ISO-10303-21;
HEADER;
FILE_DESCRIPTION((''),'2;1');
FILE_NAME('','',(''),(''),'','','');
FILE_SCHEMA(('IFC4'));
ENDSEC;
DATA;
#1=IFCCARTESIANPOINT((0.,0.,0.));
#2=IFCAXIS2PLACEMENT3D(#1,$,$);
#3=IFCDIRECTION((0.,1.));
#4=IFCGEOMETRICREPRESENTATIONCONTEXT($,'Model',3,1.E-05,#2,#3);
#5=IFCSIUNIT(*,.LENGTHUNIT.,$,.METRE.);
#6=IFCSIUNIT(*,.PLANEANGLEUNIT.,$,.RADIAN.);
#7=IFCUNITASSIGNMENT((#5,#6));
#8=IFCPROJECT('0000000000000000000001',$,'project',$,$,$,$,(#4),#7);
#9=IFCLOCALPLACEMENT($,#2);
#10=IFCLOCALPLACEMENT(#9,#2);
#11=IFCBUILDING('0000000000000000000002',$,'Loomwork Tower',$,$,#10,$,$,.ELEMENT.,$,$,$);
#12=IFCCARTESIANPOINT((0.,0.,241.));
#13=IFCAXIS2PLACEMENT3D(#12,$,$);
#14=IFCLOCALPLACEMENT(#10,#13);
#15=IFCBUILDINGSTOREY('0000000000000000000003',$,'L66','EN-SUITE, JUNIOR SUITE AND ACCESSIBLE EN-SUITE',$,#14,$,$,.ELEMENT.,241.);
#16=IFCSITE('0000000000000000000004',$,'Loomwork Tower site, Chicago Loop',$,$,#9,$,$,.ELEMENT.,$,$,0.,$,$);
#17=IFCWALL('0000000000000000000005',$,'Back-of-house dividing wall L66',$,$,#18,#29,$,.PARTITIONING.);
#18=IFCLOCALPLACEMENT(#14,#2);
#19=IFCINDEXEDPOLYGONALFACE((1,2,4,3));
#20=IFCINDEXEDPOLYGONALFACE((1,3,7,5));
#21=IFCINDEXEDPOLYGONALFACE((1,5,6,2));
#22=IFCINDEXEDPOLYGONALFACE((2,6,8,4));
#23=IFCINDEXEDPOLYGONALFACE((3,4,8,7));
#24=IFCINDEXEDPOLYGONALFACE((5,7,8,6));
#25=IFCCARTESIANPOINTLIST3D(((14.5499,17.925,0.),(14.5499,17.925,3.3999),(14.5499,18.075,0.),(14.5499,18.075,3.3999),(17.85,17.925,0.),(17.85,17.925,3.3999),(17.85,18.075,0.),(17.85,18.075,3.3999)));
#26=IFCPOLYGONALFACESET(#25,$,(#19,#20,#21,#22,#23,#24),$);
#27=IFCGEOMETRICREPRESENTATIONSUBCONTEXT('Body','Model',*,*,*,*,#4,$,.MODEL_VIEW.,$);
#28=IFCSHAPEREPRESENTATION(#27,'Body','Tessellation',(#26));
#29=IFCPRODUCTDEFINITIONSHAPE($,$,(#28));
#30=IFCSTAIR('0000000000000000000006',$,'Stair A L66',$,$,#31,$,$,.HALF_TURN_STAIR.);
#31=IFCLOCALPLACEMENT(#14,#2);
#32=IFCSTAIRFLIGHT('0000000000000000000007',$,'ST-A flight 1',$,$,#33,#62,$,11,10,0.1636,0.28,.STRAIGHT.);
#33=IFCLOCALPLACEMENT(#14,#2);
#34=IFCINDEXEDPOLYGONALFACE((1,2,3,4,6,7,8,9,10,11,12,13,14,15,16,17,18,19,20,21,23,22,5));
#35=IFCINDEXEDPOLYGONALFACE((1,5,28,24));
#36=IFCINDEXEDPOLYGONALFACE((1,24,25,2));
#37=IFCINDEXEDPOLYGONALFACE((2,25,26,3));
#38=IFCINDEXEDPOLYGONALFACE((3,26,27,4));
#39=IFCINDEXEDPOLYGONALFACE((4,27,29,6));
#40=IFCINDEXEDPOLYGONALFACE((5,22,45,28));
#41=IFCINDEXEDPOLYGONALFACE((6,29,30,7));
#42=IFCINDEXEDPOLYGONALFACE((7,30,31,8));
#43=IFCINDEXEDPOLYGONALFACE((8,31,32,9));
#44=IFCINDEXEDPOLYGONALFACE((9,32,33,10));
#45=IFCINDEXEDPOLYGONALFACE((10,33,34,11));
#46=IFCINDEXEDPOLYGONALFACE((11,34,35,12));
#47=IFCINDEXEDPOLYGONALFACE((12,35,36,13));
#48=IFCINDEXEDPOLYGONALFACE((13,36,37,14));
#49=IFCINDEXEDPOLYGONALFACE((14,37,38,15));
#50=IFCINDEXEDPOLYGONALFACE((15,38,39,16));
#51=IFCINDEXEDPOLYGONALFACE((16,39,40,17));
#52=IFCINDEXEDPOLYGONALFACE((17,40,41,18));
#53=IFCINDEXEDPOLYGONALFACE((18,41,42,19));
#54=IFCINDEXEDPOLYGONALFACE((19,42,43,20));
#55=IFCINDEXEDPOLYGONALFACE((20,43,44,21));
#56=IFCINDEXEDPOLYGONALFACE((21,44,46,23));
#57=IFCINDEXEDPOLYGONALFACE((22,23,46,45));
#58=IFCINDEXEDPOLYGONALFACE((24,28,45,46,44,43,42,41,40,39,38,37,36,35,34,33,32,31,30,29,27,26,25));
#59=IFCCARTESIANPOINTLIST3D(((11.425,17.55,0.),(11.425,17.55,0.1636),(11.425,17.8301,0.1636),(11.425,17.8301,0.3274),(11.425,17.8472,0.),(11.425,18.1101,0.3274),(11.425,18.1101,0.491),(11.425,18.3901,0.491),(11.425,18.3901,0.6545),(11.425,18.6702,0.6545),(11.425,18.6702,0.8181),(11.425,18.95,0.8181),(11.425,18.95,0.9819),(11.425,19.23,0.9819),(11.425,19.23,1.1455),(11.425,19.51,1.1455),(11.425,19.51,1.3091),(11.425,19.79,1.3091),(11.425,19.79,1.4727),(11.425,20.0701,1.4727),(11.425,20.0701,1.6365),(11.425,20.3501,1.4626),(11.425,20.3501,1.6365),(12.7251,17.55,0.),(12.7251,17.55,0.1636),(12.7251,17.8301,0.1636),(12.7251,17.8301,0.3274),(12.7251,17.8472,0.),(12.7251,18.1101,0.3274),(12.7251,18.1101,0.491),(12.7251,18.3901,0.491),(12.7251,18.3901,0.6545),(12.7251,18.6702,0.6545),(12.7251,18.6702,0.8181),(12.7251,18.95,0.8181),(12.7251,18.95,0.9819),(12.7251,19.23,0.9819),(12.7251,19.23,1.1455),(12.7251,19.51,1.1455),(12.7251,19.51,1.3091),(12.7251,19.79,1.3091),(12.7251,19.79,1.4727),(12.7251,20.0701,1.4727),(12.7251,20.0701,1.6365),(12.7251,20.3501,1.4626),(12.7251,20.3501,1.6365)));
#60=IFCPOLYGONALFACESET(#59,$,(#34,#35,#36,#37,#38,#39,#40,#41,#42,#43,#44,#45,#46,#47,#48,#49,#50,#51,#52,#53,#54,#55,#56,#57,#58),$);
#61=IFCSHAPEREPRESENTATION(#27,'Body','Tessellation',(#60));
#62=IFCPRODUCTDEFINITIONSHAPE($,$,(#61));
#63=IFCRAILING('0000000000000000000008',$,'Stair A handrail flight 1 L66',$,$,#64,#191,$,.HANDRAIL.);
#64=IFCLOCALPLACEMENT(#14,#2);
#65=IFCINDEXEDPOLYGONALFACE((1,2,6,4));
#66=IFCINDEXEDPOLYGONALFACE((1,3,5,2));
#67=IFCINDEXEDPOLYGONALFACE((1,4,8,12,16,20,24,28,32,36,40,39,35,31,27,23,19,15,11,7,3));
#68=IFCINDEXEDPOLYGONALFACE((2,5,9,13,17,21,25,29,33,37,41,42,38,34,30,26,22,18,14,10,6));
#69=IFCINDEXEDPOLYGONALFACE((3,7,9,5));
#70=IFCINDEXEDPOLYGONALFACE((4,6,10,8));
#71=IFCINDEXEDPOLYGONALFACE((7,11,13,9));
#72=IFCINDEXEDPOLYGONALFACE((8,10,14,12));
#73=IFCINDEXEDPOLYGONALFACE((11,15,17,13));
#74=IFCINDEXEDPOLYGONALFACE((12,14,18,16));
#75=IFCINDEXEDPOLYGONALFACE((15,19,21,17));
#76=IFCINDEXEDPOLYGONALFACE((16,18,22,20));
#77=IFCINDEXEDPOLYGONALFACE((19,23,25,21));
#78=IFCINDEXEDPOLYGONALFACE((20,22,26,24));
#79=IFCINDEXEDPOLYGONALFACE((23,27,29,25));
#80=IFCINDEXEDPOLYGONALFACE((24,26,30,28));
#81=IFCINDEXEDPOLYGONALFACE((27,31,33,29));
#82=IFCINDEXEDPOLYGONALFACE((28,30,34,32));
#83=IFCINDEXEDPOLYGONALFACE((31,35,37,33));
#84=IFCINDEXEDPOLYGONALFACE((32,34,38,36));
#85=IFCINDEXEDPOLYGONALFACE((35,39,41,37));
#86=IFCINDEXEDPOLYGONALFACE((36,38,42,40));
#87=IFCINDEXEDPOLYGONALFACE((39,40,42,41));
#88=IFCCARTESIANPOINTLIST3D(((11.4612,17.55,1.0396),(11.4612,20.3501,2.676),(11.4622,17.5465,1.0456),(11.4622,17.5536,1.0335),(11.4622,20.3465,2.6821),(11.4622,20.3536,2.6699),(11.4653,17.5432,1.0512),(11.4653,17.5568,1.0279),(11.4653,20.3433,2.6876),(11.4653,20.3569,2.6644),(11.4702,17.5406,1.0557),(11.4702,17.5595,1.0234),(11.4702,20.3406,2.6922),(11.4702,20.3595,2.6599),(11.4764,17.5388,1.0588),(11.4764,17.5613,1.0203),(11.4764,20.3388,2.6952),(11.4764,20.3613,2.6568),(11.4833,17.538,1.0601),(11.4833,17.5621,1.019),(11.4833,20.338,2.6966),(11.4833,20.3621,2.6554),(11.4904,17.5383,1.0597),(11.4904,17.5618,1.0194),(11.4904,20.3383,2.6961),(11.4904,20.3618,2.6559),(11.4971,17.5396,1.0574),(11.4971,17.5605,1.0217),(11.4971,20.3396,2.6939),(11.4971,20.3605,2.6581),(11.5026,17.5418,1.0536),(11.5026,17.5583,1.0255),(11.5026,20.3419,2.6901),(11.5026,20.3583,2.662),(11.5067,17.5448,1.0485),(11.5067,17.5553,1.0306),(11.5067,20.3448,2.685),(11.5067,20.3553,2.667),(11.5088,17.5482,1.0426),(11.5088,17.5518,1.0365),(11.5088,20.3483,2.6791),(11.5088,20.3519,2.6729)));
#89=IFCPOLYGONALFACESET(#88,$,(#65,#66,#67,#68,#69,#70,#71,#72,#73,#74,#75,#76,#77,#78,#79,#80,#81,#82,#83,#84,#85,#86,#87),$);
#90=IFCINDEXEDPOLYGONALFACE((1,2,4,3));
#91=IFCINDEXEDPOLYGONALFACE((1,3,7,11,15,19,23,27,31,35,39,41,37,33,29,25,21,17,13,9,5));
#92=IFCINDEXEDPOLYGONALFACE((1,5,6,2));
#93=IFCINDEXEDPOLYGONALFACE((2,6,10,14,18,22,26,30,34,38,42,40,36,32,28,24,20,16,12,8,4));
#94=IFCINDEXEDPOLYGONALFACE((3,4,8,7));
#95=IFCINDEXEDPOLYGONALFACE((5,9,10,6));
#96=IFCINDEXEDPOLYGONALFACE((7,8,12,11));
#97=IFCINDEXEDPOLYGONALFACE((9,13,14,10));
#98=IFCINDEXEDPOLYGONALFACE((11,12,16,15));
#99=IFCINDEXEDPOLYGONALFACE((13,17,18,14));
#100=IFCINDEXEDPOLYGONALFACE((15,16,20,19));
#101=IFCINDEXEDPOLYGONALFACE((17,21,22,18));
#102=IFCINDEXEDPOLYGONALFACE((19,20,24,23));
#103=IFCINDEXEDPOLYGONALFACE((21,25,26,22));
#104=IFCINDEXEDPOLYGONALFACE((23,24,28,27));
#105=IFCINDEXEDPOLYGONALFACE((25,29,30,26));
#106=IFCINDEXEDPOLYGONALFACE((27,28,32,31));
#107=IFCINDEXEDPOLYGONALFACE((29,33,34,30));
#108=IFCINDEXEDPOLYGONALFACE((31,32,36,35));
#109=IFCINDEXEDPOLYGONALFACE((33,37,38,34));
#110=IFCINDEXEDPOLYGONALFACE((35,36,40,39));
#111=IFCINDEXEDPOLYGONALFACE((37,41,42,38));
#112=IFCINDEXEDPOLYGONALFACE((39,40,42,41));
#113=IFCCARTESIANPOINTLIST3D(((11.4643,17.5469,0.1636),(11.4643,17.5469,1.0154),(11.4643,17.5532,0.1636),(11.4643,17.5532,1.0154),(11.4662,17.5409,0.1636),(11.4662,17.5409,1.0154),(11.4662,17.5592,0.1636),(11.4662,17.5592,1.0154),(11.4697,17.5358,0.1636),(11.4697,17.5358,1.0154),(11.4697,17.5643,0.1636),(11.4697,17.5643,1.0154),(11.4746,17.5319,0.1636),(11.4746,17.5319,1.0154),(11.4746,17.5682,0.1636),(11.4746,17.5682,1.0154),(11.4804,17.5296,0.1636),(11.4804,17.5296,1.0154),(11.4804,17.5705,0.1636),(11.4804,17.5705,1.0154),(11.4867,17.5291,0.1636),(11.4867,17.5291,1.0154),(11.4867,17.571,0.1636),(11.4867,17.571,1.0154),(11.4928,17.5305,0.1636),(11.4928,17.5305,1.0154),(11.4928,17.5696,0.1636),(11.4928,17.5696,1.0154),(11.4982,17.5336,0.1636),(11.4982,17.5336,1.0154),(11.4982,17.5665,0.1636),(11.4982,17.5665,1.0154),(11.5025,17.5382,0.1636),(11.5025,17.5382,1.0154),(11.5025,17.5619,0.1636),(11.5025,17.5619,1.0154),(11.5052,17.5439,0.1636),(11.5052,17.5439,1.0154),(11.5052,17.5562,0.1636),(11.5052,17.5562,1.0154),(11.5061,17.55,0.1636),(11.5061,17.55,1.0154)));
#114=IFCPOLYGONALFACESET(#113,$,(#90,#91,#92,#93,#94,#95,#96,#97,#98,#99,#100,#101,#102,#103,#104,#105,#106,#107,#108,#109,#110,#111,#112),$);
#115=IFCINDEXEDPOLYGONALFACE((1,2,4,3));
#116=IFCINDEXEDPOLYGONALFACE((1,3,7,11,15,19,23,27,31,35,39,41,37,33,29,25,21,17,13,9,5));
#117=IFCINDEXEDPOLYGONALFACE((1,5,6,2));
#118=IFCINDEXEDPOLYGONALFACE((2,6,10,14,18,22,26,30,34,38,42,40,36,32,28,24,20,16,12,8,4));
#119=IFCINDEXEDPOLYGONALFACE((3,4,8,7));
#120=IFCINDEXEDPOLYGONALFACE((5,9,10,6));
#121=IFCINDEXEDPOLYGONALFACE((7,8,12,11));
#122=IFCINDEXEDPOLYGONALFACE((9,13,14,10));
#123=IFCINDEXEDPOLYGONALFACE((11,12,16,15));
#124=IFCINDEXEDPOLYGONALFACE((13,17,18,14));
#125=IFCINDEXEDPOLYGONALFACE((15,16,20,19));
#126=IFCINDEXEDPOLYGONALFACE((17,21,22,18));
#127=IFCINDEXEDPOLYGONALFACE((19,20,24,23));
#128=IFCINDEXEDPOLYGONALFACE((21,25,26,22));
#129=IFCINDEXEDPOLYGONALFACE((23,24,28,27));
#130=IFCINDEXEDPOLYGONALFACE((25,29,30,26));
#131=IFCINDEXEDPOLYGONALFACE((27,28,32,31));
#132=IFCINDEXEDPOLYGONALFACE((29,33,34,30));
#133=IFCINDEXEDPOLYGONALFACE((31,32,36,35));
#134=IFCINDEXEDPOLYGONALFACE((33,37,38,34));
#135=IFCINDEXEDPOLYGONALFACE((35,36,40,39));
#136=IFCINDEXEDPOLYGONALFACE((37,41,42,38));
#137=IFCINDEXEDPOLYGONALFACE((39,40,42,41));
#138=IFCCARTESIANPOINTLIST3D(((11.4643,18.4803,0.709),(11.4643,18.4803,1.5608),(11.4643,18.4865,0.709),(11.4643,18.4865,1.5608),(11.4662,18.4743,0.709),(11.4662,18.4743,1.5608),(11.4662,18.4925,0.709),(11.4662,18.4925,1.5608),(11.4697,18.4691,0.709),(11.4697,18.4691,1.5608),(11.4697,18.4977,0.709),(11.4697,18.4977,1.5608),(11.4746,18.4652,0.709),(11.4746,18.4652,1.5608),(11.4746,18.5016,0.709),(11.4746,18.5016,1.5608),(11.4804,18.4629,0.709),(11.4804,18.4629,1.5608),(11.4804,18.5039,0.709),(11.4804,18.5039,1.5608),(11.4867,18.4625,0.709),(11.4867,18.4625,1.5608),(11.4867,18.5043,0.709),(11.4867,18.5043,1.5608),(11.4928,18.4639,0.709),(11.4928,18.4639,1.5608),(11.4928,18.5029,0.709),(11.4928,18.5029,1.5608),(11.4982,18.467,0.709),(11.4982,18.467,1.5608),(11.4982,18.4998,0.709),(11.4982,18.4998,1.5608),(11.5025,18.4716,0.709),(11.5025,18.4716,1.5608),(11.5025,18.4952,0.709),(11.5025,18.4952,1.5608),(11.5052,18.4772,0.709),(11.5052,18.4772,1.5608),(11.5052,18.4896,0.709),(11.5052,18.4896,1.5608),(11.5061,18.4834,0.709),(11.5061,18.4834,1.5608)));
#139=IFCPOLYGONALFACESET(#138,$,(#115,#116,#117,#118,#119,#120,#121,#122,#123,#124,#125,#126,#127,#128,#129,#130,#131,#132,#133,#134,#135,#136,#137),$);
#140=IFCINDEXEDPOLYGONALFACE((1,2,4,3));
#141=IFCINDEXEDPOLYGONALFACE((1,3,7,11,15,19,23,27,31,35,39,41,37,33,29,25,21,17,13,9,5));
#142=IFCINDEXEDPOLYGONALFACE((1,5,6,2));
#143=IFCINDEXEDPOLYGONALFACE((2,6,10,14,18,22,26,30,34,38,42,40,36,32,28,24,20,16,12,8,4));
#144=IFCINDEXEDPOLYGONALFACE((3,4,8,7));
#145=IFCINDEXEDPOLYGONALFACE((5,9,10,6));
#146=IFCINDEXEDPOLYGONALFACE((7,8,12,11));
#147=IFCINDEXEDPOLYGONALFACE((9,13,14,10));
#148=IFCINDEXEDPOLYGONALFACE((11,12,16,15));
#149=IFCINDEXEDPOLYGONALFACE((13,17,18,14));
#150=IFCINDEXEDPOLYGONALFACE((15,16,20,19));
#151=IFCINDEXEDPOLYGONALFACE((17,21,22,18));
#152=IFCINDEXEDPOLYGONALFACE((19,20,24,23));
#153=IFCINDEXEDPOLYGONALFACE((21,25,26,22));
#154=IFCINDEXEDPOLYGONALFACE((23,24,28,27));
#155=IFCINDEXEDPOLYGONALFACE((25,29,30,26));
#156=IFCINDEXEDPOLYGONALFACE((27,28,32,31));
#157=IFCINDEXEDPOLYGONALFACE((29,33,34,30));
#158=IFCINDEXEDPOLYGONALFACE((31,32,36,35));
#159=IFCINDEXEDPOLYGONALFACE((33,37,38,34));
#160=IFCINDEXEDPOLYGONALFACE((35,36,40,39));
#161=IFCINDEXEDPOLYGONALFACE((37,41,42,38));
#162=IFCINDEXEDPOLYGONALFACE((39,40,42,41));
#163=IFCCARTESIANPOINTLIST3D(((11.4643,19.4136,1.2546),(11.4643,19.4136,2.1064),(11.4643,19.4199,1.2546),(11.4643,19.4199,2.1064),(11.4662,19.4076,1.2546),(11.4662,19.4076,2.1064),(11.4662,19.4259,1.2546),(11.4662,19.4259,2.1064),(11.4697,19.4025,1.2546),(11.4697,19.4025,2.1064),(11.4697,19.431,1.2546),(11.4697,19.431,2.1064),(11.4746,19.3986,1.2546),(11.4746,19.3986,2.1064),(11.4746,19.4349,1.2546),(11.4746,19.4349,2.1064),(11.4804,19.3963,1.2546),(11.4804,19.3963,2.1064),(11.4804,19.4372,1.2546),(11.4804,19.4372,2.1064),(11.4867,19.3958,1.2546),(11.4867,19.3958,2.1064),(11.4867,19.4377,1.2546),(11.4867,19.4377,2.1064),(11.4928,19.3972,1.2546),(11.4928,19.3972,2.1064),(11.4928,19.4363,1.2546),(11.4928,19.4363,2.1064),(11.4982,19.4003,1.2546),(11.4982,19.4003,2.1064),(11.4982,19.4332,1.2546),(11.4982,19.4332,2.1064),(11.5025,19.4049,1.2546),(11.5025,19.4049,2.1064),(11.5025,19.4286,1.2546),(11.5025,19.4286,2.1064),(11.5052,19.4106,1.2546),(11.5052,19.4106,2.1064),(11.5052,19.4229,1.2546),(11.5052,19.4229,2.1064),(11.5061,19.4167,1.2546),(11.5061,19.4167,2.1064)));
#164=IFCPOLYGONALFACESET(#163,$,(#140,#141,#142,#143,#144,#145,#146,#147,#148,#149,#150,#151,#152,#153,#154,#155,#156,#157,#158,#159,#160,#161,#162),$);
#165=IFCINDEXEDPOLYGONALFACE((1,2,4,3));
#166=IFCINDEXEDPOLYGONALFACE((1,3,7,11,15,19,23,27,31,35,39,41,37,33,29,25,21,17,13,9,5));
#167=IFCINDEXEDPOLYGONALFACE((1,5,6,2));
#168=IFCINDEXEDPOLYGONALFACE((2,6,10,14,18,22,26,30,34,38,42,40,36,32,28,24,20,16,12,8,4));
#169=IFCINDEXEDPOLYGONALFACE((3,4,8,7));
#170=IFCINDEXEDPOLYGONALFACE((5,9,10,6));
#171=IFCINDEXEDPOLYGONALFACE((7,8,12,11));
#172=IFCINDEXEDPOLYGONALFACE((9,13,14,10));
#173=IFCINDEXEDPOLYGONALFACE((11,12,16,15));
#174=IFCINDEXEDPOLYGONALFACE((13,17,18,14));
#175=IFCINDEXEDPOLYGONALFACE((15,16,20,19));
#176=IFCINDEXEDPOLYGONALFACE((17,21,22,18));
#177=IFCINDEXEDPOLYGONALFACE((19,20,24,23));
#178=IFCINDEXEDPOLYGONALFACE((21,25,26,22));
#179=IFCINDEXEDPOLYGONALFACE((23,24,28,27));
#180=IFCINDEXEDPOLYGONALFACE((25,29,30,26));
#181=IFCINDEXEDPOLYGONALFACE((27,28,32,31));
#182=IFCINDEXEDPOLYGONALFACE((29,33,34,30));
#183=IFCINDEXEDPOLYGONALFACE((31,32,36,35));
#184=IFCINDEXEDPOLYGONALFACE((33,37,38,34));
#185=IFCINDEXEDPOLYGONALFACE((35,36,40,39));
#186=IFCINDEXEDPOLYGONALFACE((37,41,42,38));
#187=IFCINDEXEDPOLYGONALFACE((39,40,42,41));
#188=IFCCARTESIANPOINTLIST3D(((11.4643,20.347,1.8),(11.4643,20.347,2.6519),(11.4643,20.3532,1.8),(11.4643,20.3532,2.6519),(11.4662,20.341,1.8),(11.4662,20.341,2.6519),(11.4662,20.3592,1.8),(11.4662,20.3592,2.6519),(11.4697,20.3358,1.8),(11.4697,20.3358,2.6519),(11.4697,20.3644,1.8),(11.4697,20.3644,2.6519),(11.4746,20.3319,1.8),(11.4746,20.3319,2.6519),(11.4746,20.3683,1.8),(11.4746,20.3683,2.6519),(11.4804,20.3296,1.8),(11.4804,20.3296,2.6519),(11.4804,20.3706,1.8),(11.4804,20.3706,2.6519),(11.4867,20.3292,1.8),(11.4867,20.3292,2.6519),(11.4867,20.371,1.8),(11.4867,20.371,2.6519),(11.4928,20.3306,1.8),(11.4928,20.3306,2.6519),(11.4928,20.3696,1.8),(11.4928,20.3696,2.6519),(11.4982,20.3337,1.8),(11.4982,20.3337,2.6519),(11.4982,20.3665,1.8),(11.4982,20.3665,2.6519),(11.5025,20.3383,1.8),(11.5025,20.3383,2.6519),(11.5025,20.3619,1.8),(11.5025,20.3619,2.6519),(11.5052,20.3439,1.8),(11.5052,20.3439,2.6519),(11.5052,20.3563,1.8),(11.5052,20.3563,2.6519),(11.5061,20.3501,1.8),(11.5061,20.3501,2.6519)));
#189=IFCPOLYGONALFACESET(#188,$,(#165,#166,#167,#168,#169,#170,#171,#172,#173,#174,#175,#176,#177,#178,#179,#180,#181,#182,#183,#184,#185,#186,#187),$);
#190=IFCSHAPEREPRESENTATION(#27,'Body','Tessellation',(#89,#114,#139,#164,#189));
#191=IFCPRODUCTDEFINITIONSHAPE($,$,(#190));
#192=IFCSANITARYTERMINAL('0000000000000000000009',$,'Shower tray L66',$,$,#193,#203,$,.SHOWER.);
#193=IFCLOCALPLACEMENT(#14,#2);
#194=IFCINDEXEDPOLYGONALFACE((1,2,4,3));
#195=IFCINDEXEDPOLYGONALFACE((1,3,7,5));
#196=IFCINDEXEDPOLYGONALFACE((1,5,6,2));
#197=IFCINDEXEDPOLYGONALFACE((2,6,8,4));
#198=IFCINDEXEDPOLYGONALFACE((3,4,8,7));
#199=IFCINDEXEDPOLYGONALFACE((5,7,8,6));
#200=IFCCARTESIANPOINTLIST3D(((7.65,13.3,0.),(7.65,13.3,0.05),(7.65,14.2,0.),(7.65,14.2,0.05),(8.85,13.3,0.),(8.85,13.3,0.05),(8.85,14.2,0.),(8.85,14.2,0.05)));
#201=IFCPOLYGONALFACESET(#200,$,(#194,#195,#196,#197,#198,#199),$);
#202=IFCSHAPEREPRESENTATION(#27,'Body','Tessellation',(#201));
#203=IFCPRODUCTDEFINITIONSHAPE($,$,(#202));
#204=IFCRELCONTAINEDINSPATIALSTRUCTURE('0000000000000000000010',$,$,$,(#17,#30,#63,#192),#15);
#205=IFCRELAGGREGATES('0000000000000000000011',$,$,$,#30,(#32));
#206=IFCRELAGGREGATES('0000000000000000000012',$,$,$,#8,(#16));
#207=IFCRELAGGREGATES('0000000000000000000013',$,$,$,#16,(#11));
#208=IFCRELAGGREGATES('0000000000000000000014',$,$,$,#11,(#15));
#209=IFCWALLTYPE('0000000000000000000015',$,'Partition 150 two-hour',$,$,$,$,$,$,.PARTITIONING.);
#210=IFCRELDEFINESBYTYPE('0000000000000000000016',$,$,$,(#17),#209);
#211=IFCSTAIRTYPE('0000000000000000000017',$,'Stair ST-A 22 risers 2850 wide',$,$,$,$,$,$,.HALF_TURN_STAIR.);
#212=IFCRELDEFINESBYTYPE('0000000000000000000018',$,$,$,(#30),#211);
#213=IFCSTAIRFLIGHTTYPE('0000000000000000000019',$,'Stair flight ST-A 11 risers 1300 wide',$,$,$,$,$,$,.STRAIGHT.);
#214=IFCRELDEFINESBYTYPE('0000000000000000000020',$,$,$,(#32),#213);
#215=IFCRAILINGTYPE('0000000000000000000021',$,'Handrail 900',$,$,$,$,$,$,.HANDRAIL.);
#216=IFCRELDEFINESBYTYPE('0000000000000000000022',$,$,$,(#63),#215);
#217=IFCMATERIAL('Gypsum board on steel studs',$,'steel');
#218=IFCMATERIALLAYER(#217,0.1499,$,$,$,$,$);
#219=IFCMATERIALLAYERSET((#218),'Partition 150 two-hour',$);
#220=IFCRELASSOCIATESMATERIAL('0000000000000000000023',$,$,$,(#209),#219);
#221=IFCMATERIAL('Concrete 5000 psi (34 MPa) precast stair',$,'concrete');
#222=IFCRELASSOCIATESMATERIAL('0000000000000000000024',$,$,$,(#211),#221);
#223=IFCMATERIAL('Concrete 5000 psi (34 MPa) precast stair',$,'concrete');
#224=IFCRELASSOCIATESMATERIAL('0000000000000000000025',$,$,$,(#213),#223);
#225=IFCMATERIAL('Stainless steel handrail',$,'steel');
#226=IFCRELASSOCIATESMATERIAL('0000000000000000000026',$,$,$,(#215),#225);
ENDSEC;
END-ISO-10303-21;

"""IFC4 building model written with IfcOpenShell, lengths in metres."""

from ifc_helpers import new_model, si_unit, direction, frame, frame_2d, origin, origin_2d, place, context, subcontext, project, spatial, polyline, rectangle, circle, outline, extrude, material, layer, layer_set, type_object, element, aggregate, save


model = new_model("IFC4")

# Units and contexts
model_context = context("Model", 3, precision=1e-05, world=origin(), true_north=direction((0.0, 1.0)))
body_context = subcontext(model_context, "Body", "Model", "MODEL_VIEW")
ifc_project = project(units=[si_unit("LENGTHUNIT", "METRE"), si_unit("PLANEANGLEUNIT", "RADIAN")], contexts=[model_context])

# Site, building, storey
site_placement = place(None, origin())
site = spatial("IfcSite", under=ifc_project, at=site_placement, Name="Loomwork Tower site, Chicago Loop", CompositionType="ELEMENT", RefElevation=0.0)
building_placement = place(site_placement, origin())
building = spatial("IfcBuilding", under=site, at=building_placement, Name="Loomwork Tower", CompositionType="ELEMENT")
storey_placement = place(building_placement, frame((0.0, 0.0, 241.0)))
storey = spatial("IfcBuildingStorey", under=building, at=storey_placement, Name="L66", Description="EN-SUITE, JUNIOR SUITE AND ACCESSIBLE EN-SUITE", CompositionType="ELEMENT", Elevation=241.0)

# Wall
ifc_material_1 = material(Name="Gypsum board on steel studs", Category="steel")
ifc_layer_1 = layer(ifc_material_1, 0.1499)
ifc_layer_set_1 = layer_set([ifc_layer_1], Name="Partition 150 two-hour")
wall_type_1 = type_object("IfcWallType", Name="Partition 150 two-hour", PredefinedType="PARTITIONING", material=ifc_layer_set_1)
wall_1_placement = place(storey_placement, frame((14.55, 18.0, 0.0), z_axis=(0.0, 0.0, 1.0), x_axis=(1.0, 0.0, 0.0)))
element("IfcWall", 1, at=wall_1_placement, inside=storey, type_object=wall_type_1, Name="Back-of-house dividing wall L66", PredefinedType="PARTITIONING", context=body_context, shape_type="SweptSolid", body=[
    extrude(rectangle(XDim=3.3, YDim=0.1499, at=frame_2d((1.6499, 0.0))), origin(), (0.0, 0.0, 1.0), 3.3999),
])

# Stair, stair flight
ifc_material_2 = material(Name="Concrete 5000 psi (34 MPa) precast stair", Category="concrete")
stair_type = type_object("IfcStairType", Name="Stair ST-A 22 risers 2850 wide", PredefinedType="HALF_TURN_STAIR", material=ifc_material_2)
stair_placement = place(storey_placement, origin())
stair = element("IfcStair", 2, at=stair_placement, inside=storey, type_object=stair_type, Name="Stair A L66", PredefinedType="HALF_TURN_STAIR")
ifc_material_3 = material(Name="Concrete 5000 psi (34 MPa) precast stair", Category="concrete")
stair_flight_type = type_object("IfcStairFlightType", Name="Stair flight ST-A 11 risers 1300 wide", PredefinedType="STRAIGHT", material=ifc_material_3)
stair_flight_placement = place(storey_placement, frame((12.075, 17.55, 0.0), z_axis=(0.0, 0.0, 1.0), x_axis=(0.0, 1.0, 0.0)))
stair_flight = element("IfcStairFlight", 3, at=stair_flight_placement, type_object=stair_flight_type, Name="ST-A flight 1", NumberOfRisers=11, NumberOfTreads=10, PredefinedType="STRAIGHT", RiserHeight=0.1636, TreadLength=0.28, context=body_context, shape_type="SweptSolid", body=[
    extrude(outline(polyline([(0.0, 0.0), (0.0, 0.1636), (0.28, 0.1636), (0.28, 0.3274), (0.5601, 0.3274), (0.5601, 0.491), (0.8401, 0.491), (0.8401, 0.6545), (1.1201, 0.6545), (1.1201, 0.8181), (1.3999, 0.8181), (1.3999, 0.9819), (1.6799, 0.9819), (1.6799, 1.1455), (1.96, 1.1455), (1.96, 1.3091), (2.24, 1.3091), (2.24, 1.4727), (2.52, 1.4727), (2.52, 1.6365), (2.8, 1.6365), (2.8, 1.8), (2.8, 1.4626), (0.2971, 0.0), (0.0, 0.0)])), frame((0.0, 0.6499, 0.0), z_axis=(0.0, -1.0, 0.0), x_axis=(1.0, 0.0, 0.0)), (0.0, 0.0, 1.0), 1.3),
])
aggregate(stair, [stair_flight])

# Railing
ifc_material_4 = material(Name="Stainless steel handrail", Category="steel")
railing_type = type_object("IfcRailingType", Name="Handrail 900", PredefinedType="HANDRAIL", material=ifc_material_4)
railing_placement = place(storey_placement, frame((11.4851, 17.55, 0.1636)))
element("IfcRailing", 4, at=railing_placement, inside=storey, type_object=railing_type, Name="Stair A handrail flight 1 L66", PredefinedType="HANDRAIL", context=body_context, shape_type="SweptSolid", body=[
    extrude(circle(Radius=0.0239, at=origin_2d()), frame((0.0, 0.0, 0.876), z_axis=(0.0, 0.863361, 0.504587), x_axis=(-1.0, 0.0, 0.0)), (0.0, 0.0, 1.0), 3.2432),
    extrude(circle(Radius=0.021, at=origin_2d()), origin(), (0.0, 0.0, 1.0), 0.8518),
    extrude(circle(Radius=0.021, at=origin_2d()), frame((0.0, 0.9333, 0.5454)), (0.0, 0.0, 1.0), 0.8518),
    extrude(circle(Radius=0.021, at=origin_2d()), frame((0.0, 1.8667, 1.0911)), (0.0, 0.0, 1.0), 0.8518),
    extrude(circle(Radius=0.021, at=origin_2d()), frame((0.0, 2.8, 1.6365)), (0.0, 0.0, 1.0), 0.8518),
])

# Sanitary terminal
sanitary_terminal_1_placement = place(storey_placement, frame((8.25, 13.75, 0.0), z_axis=(0.0, 0.0, 1.0), x_axis=(1.0, 0.0, 0.0)))
element("IfcSanitaryTerminal", 5, at=sanitary_terminal_1_placement, inside=storey, Name="Shower tray L66", PredefinedType="SHOWER", context=body_context, shape_type="SweptSolid", body=[
    extrude(rectangle(XDim=1.2, YDim=0.8999, at=origin_2d()), origin(), (0.0, 0.0, 1.0), 0.05),
])

save(model, "model.ifc")
